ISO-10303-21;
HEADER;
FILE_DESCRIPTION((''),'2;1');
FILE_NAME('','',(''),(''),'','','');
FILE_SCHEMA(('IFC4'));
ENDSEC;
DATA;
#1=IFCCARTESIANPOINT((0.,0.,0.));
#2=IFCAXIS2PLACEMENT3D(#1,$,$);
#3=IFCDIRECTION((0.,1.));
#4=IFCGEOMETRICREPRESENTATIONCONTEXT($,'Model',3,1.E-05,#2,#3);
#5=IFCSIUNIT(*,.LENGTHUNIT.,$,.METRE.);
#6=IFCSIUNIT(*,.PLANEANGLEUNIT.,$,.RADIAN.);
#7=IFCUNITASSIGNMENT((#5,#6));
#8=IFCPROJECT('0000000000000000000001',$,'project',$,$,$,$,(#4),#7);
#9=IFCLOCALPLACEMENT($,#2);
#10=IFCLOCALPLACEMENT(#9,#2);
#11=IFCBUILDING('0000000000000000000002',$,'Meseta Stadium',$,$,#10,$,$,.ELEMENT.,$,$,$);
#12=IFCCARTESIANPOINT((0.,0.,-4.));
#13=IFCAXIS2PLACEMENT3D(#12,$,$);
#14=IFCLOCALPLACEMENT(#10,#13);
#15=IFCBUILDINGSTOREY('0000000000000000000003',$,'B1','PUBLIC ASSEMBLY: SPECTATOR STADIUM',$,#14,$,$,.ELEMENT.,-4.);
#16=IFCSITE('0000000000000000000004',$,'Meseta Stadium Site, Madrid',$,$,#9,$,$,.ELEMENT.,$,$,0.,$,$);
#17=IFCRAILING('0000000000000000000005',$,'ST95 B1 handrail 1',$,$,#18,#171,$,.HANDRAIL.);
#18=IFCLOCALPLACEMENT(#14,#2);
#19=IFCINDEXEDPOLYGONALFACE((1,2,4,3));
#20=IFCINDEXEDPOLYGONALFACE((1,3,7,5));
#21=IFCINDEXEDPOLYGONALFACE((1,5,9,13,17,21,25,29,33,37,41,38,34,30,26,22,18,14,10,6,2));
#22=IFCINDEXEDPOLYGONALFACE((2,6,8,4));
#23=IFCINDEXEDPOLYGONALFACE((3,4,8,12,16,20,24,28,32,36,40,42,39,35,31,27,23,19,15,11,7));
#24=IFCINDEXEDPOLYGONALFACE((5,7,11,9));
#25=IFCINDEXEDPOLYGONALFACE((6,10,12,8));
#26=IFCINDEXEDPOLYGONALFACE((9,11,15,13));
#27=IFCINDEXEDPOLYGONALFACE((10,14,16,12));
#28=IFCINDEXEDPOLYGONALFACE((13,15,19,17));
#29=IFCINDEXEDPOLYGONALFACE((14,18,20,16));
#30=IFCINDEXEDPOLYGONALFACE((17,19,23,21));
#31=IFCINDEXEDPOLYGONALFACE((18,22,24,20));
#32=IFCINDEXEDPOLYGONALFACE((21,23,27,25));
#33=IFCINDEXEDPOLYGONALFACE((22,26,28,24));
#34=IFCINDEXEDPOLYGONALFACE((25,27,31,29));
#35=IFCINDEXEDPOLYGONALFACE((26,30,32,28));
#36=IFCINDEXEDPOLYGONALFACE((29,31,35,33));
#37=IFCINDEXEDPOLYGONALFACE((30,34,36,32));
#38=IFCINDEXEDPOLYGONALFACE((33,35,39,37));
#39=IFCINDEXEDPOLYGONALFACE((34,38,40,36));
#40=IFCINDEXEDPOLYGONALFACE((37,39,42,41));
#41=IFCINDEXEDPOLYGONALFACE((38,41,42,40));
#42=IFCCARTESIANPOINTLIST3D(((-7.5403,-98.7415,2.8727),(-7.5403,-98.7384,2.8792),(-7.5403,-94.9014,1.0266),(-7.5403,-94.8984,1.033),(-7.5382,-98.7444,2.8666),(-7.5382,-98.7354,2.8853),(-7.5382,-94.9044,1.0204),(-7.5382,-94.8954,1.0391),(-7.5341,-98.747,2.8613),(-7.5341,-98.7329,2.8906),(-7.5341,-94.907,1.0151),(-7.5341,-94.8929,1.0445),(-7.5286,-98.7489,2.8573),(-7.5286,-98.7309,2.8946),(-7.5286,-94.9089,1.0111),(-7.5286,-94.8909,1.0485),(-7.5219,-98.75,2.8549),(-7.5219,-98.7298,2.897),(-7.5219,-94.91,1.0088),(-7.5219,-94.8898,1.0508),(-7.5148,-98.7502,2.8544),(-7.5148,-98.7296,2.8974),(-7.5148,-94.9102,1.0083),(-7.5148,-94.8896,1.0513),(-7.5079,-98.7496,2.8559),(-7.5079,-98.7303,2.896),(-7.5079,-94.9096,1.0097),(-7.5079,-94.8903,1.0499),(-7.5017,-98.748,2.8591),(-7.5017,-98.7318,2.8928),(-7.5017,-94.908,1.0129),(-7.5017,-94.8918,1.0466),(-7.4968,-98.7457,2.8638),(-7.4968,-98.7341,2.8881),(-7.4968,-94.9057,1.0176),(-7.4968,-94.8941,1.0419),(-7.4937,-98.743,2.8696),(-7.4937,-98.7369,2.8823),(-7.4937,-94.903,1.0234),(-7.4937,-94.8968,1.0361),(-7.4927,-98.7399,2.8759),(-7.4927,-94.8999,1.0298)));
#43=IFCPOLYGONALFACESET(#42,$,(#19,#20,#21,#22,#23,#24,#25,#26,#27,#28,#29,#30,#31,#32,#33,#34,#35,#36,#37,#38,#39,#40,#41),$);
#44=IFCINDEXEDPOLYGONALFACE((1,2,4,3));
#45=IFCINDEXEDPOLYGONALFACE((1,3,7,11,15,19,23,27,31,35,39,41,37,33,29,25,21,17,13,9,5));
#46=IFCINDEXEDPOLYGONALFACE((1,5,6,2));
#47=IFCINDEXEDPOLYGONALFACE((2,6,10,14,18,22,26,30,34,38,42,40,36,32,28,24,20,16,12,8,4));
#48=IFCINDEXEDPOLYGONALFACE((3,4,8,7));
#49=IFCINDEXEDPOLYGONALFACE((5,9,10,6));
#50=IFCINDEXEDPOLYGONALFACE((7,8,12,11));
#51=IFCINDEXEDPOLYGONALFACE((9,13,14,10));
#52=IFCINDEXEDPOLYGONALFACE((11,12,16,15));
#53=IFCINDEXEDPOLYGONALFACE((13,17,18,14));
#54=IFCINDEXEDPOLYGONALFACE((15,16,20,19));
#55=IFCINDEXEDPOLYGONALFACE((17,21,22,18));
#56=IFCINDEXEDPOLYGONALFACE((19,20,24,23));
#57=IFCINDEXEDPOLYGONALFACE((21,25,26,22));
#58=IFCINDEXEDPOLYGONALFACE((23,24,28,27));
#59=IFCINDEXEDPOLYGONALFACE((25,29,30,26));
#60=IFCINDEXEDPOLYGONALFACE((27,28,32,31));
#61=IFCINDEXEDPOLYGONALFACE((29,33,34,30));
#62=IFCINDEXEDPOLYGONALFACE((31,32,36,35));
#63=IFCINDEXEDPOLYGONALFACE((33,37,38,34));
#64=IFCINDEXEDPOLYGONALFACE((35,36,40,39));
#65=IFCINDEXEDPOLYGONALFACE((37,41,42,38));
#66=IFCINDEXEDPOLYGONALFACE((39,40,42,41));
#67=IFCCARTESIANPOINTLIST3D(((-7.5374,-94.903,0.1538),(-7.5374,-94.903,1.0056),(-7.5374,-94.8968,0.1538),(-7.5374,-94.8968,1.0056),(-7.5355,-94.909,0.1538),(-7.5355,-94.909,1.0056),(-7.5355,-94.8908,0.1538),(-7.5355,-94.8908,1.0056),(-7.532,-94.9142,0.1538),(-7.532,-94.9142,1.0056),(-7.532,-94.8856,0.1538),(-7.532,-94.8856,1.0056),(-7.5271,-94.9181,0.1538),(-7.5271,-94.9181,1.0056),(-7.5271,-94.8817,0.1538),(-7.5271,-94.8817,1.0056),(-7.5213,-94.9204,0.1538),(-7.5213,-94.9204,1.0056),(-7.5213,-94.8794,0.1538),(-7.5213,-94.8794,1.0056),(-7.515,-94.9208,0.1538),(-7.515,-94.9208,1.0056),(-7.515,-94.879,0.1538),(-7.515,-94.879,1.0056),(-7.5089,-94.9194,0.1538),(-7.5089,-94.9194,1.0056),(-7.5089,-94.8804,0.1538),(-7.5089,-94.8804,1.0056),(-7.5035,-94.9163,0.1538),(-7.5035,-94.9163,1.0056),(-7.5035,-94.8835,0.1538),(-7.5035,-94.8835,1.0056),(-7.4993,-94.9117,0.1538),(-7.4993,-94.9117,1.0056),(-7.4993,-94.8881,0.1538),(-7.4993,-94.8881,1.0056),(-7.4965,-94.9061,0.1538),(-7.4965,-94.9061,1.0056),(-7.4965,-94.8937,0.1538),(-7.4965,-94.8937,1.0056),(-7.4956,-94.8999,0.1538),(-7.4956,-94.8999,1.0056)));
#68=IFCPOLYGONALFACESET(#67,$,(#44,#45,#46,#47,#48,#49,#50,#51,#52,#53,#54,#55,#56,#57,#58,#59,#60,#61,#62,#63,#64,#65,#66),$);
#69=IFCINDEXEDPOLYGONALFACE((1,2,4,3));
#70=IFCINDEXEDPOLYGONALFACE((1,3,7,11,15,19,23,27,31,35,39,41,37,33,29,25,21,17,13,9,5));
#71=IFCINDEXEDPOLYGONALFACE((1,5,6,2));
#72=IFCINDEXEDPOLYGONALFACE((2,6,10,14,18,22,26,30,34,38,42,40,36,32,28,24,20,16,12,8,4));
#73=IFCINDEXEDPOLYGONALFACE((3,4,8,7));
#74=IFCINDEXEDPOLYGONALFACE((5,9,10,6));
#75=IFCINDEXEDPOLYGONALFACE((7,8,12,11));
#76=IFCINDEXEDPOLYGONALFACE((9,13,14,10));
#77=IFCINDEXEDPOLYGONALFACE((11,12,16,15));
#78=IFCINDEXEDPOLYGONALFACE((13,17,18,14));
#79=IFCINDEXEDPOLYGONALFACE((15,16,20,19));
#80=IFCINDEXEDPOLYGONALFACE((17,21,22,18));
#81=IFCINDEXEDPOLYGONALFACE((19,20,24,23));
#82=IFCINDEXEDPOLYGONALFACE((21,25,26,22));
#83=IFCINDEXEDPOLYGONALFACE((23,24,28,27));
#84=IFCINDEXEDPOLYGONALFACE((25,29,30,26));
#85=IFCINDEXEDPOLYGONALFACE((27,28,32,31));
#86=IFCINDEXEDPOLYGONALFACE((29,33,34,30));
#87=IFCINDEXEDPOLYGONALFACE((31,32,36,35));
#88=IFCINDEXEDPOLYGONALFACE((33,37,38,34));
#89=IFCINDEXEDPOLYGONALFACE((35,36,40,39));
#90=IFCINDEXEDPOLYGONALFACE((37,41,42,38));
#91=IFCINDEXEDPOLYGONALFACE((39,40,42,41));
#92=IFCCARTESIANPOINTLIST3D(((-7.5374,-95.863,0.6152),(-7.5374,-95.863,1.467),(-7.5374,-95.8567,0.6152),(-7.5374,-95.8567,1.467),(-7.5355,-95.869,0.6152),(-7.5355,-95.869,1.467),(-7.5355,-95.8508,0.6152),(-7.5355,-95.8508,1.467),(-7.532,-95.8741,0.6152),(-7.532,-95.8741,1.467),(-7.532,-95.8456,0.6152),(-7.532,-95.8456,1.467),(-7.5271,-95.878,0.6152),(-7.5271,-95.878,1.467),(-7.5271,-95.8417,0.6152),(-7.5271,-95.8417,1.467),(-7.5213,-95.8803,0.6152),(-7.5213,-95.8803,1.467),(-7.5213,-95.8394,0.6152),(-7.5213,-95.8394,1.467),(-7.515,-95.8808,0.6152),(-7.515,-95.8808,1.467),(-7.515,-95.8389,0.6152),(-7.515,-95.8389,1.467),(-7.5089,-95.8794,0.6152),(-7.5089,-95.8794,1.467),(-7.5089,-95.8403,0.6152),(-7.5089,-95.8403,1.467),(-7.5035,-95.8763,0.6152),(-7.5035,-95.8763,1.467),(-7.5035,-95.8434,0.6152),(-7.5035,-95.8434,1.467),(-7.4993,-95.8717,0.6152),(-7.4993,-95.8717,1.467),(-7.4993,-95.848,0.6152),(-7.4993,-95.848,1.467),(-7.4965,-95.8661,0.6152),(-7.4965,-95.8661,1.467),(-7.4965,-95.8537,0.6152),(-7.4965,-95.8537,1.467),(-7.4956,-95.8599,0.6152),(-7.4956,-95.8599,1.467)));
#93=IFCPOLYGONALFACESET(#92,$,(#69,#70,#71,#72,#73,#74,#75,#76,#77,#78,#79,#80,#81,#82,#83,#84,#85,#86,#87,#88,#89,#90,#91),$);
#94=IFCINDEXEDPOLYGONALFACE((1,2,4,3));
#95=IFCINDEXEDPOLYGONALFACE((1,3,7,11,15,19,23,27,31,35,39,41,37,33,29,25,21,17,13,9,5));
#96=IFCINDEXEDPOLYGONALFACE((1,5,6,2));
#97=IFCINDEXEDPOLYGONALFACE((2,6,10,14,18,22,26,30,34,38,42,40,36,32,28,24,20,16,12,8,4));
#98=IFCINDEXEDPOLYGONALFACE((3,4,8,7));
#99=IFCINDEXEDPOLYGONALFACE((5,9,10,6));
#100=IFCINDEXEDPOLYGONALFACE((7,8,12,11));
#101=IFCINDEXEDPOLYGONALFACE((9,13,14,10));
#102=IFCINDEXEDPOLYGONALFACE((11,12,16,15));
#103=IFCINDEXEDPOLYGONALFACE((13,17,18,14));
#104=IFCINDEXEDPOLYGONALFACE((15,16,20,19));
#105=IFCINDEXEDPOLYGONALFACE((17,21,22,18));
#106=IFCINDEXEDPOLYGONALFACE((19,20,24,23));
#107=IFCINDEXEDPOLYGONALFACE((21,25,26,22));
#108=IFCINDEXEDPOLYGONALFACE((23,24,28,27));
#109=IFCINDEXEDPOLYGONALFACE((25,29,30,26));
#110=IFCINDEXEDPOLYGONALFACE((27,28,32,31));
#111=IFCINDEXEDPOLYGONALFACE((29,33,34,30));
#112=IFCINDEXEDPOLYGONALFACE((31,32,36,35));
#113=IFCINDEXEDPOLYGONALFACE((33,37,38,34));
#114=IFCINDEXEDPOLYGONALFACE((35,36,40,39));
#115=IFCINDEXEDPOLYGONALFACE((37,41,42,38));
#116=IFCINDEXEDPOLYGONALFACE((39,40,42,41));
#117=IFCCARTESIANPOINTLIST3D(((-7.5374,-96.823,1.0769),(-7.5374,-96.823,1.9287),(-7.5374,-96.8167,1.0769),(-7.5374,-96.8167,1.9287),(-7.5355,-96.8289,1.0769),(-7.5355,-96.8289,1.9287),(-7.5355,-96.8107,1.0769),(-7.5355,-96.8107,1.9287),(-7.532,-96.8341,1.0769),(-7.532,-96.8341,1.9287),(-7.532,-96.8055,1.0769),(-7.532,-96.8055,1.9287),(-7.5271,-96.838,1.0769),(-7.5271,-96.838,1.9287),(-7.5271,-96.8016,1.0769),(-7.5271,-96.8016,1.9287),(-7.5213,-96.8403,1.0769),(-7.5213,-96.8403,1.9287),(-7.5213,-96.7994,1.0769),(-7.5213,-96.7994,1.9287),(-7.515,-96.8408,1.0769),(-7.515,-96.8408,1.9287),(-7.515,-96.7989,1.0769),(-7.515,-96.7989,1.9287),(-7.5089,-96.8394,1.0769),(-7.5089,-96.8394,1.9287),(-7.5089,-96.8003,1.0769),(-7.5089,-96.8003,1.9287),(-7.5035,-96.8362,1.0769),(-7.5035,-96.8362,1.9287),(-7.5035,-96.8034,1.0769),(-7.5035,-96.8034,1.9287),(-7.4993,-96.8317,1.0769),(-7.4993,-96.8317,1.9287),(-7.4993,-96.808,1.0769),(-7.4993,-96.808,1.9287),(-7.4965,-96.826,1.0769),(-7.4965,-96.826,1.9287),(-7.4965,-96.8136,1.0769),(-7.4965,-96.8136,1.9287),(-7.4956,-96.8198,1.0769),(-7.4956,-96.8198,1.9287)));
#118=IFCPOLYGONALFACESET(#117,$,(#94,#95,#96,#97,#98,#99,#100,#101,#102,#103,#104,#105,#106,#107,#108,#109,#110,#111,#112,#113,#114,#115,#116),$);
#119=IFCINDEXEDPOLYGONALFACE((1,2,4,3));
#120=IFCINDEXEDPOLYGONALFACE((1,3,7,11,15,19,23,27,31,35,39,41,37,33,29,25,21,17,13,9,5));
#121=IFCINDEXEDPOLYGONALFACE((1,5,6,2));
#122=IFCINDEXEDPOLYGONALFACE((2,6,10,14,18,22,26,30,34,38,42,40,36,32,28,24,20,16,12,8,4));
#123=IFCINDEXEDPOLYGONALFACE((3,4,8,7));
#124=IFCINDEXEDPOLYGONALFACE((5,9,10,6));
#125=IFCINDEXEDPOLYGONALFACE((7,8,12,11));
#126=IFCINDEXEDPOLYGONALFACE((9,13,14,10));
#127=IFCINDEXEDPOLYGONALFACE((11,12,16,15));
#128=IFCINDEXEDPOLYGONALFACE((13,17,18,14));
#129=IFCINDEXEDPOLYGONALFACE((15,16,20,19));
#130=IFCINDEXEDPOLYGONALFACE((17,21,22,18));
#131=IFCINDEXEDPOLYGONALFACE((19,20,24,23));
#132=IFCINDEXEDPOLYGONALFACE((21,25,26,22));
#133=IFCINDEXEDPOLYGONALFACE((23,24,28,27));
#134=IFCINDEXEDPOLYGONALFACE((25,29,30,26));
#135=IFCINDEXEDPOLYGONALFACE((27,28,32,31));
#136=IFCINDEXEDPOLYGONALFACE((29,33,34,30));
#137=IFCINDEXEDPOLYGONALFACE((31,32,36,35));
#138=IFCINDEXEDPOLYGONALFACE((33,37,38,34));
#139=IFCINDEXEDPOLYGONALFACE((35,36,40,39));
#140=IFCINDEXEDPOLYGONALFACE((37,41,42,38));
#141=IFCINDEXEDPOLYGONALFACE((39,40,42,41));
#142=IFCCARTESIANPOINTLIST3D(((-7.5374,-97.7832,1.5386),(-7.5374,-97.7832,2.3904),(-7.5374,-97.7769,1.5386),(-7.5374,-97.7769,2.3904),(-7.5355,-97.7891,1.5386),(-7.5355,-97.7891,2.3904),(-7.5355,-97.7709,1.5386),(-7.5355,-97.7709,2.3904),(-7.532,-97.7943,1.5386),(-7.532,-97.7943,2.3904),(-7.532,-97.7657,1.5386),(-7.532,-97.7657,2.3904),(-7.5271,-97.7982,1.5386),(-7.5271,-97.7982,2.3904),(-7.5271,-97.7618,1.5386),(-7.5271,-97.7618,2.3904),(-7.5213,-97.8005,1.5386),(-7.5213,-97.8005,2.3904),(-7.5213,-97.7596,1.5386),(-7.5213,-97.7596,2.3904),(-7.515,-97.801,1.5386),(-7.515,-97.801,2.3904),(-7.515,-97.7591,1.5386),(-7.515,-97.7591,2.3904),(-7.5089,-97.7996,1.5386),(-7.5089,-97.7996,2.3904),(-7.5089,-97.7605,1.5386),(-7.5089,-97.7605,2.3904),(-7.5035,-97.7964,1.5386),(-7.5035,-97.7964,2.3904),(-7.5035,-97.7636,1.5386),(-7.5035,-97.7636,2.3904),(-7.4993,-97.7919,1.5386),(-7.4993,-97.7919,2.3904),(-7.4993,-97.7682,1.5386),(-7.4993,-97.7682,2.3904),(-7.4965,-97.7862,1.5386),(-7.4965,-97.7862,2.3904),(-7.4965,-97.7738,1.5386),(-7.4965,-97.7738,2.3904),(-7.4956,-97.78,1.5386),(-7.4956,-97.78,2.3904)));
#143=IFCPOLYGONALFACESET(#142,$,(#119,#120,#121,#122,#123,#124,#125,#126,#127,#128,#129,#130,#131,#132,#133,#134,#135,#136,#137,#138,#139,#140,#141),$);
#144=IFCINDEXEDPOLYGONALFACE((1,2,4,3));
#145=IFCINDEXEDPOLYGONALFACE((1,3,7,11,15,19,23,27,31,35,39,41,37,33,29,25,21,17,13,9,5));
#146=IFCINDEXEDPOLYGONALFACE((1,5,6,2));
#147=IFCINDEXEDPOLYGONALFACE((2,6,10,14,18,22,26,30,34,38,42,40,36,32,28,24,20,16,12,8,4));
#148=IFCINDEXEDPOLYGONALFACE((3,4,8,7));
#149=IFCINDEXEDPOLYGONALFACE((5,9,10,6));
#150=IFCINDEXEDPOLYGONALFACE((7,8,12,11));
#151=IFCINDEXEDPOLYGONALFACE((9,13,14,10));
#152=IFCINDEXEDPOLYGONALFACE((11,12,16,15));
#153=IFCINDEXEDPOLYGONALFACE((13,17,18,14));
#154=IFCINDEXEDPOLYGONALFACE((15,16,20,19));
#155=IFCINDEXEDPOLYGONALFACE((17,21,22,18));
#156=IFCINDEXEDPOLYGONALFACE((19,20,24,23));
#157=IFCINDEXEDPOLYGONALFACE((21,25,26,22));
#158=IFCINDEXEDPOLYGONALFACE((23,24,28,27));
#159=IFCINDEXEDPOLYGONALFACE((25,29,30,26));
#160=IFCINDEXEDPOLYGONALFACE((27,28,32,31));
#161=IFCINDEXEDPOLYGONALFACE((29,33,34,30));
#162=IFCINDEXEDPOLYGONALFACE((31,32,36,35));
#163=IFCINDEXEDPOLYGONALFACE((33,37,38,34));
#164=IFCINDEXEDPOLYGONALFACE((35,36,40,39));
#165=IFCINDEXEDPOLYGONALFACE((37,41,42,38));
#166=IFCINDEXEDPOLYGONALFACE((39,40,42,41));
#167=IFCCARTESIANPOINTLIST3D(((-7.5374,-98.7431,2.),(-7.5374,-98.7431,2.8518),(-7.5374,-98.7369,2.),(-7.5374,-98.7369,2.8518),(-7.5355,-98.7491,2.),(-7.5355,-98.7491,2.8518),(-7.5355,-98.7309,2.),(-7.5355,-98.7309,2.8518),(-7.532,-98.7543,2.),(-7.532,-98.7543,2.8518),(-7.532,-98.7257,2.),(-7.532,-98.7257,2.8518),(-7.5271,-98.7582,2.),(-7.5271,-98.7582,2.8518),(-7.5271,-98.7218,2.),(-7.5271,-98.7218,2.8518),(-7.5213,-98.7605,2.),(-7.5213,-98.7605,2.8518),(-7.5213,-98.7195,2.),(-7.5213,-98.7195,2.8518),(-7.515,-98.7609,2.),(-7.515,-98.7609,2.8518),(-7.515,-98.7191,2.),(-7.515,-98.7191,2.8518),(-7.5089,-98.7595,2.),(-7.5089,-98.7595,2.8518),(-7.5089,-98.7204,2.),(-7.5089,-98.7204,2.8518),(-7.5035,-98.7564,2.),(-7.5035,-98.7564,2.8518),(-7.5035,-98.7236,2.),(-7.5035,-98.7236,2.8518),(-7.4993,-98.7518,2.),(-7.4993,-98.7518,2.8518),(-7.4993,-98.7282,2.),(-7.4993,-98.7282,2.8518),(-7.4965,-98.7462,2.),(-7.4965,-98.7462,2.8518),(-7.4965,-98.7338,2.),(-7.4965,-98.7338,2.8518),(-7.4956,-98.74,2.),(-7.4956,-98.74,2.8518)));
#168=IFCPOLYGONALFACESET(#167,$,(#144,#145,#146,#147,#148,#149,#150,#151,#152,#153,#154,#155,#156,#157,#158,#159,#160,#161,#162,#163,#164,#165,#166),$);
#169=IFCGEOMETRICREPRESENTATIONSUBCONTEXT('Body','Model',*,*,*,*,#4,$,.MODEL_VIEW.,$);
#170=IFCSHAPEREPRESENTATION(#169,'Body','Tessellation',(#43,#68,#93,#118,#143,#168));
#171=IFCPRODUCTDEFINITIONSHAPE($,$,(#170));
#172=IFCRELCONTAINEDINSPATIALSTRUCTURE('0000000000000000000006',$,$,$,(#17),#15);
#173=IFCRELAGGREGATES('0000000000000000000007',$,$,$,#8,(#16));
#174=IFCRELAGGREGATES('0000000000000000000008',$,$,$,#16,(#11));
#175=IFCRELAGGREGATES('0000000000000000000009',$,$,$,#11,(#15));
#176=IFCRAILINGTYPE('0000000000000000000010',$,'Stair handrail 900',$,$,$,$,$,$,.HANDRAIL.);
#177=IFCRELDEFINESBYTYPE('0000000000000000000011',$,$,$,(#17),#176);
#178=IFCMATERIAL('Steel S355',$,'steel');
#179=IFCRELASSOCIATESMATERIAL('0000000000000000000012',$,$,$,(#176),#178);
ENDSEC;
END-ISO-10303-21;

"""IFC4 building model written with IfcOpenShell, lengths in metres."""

from ifc_helpers import new_model, si_unit, direction, frame, origin, origin_2d, place, context, subcontext, project, spatial, circle, extrude, material, type_object, element, save


model = new_model("IFC4")

# Units and contexts
model_context = context("Model", 3, precision=1e-05, world=origin(), true_north=direction((0.0, 1.0)))
body_context = subcontext(model_context, "Body", "Model", "MODEL_VIEW")
ifc_project = project(units=[si_unit("LENGTHUNIT", "METRE"), si_unit("PLANEANGLEUNIT", "RADIAN")], contexts=[model_context])

# Site, building, storey
site_placement = place(None, origin())
site = spatial("IfcSite", under=ifc_project, at=site_placement, Name="Meseta Stadium Site, Madrid", CompositionType="ELEMENT", RefElevation=0.0)
building_placement = place(site_placement, origin())
building = spatial("IfcBuilding", under=site, at=building_placement, Name="Meseta Stadium", CompositionType="ELEMENT")
storey_placement = place(building_placement, frame((0.0, 0.0, -4.0)))
storey = spatial("IfcBuildingStorey", under=building, at=storey_placement, Name="B1", Description="PUBLIC ASSEMBLY: SPECTATOR STADIUM", CompositionType="ELEMENT", Elevation=-4.0)

# Railing
ifc_material_1 = material(Name="Steel S355", Category="steel")
railing_type_1 = type_object("IfcRailingType", Name="Stair handrail 900", PredefinedType="HANDRAIL", material=ifc_material_1)
for number, where, name in (
    (1, (-7.5166, -94.8999, 0.1538), "ST95 B1 handrail 1"),
):
    element("IfcRailing", number, at=place(storey_placement, frame(where)), inside=storey, type_object=railing_type_1, Name=name, PredefinedType="HANDRAIL", context=body_context, shape_type="SweptSolid", body=[
        extrude(circle(Radius=0.0239, at=origin_2d()), frame((0.0, 0.0, 0.876), z_axis=(0.0, -0.901253, 0.433294), x_axis=(1.0, 0.0, 0.0)), (0.0, 0.0, 1.0), 4.2607),
        extrude(circle(Radius=0.021, at=origin_2d()), origin(), (0.0, 0.0, 1.0), 0.8518),
        extrude(circle(Radius=0.021, at=origin_2d()), frame((0.0, -0.96, 0.4614)), (0.0, 0.0, 1.0), 0.8518),
        extrude(circle(Radius=0.021, at=origin_2d()), frame((0.0, -1.9199, 0.9231)), (0.0, 0.0, 1.0), 0.8518),
        extrude(circle(Radius=0.021, at=origin_2d()), frame((0.0, -2.8801, 1.3848)), (0.0, 0.0, 1.0), 0.8518),
        extrude(circle(Radius=0.021, at=origin_2d()), frame((0.0, -3.8401, 1.8462)), (0.0, 0.0, 1.0), 0.8518),
    ])

save(model, "model.ifc")
